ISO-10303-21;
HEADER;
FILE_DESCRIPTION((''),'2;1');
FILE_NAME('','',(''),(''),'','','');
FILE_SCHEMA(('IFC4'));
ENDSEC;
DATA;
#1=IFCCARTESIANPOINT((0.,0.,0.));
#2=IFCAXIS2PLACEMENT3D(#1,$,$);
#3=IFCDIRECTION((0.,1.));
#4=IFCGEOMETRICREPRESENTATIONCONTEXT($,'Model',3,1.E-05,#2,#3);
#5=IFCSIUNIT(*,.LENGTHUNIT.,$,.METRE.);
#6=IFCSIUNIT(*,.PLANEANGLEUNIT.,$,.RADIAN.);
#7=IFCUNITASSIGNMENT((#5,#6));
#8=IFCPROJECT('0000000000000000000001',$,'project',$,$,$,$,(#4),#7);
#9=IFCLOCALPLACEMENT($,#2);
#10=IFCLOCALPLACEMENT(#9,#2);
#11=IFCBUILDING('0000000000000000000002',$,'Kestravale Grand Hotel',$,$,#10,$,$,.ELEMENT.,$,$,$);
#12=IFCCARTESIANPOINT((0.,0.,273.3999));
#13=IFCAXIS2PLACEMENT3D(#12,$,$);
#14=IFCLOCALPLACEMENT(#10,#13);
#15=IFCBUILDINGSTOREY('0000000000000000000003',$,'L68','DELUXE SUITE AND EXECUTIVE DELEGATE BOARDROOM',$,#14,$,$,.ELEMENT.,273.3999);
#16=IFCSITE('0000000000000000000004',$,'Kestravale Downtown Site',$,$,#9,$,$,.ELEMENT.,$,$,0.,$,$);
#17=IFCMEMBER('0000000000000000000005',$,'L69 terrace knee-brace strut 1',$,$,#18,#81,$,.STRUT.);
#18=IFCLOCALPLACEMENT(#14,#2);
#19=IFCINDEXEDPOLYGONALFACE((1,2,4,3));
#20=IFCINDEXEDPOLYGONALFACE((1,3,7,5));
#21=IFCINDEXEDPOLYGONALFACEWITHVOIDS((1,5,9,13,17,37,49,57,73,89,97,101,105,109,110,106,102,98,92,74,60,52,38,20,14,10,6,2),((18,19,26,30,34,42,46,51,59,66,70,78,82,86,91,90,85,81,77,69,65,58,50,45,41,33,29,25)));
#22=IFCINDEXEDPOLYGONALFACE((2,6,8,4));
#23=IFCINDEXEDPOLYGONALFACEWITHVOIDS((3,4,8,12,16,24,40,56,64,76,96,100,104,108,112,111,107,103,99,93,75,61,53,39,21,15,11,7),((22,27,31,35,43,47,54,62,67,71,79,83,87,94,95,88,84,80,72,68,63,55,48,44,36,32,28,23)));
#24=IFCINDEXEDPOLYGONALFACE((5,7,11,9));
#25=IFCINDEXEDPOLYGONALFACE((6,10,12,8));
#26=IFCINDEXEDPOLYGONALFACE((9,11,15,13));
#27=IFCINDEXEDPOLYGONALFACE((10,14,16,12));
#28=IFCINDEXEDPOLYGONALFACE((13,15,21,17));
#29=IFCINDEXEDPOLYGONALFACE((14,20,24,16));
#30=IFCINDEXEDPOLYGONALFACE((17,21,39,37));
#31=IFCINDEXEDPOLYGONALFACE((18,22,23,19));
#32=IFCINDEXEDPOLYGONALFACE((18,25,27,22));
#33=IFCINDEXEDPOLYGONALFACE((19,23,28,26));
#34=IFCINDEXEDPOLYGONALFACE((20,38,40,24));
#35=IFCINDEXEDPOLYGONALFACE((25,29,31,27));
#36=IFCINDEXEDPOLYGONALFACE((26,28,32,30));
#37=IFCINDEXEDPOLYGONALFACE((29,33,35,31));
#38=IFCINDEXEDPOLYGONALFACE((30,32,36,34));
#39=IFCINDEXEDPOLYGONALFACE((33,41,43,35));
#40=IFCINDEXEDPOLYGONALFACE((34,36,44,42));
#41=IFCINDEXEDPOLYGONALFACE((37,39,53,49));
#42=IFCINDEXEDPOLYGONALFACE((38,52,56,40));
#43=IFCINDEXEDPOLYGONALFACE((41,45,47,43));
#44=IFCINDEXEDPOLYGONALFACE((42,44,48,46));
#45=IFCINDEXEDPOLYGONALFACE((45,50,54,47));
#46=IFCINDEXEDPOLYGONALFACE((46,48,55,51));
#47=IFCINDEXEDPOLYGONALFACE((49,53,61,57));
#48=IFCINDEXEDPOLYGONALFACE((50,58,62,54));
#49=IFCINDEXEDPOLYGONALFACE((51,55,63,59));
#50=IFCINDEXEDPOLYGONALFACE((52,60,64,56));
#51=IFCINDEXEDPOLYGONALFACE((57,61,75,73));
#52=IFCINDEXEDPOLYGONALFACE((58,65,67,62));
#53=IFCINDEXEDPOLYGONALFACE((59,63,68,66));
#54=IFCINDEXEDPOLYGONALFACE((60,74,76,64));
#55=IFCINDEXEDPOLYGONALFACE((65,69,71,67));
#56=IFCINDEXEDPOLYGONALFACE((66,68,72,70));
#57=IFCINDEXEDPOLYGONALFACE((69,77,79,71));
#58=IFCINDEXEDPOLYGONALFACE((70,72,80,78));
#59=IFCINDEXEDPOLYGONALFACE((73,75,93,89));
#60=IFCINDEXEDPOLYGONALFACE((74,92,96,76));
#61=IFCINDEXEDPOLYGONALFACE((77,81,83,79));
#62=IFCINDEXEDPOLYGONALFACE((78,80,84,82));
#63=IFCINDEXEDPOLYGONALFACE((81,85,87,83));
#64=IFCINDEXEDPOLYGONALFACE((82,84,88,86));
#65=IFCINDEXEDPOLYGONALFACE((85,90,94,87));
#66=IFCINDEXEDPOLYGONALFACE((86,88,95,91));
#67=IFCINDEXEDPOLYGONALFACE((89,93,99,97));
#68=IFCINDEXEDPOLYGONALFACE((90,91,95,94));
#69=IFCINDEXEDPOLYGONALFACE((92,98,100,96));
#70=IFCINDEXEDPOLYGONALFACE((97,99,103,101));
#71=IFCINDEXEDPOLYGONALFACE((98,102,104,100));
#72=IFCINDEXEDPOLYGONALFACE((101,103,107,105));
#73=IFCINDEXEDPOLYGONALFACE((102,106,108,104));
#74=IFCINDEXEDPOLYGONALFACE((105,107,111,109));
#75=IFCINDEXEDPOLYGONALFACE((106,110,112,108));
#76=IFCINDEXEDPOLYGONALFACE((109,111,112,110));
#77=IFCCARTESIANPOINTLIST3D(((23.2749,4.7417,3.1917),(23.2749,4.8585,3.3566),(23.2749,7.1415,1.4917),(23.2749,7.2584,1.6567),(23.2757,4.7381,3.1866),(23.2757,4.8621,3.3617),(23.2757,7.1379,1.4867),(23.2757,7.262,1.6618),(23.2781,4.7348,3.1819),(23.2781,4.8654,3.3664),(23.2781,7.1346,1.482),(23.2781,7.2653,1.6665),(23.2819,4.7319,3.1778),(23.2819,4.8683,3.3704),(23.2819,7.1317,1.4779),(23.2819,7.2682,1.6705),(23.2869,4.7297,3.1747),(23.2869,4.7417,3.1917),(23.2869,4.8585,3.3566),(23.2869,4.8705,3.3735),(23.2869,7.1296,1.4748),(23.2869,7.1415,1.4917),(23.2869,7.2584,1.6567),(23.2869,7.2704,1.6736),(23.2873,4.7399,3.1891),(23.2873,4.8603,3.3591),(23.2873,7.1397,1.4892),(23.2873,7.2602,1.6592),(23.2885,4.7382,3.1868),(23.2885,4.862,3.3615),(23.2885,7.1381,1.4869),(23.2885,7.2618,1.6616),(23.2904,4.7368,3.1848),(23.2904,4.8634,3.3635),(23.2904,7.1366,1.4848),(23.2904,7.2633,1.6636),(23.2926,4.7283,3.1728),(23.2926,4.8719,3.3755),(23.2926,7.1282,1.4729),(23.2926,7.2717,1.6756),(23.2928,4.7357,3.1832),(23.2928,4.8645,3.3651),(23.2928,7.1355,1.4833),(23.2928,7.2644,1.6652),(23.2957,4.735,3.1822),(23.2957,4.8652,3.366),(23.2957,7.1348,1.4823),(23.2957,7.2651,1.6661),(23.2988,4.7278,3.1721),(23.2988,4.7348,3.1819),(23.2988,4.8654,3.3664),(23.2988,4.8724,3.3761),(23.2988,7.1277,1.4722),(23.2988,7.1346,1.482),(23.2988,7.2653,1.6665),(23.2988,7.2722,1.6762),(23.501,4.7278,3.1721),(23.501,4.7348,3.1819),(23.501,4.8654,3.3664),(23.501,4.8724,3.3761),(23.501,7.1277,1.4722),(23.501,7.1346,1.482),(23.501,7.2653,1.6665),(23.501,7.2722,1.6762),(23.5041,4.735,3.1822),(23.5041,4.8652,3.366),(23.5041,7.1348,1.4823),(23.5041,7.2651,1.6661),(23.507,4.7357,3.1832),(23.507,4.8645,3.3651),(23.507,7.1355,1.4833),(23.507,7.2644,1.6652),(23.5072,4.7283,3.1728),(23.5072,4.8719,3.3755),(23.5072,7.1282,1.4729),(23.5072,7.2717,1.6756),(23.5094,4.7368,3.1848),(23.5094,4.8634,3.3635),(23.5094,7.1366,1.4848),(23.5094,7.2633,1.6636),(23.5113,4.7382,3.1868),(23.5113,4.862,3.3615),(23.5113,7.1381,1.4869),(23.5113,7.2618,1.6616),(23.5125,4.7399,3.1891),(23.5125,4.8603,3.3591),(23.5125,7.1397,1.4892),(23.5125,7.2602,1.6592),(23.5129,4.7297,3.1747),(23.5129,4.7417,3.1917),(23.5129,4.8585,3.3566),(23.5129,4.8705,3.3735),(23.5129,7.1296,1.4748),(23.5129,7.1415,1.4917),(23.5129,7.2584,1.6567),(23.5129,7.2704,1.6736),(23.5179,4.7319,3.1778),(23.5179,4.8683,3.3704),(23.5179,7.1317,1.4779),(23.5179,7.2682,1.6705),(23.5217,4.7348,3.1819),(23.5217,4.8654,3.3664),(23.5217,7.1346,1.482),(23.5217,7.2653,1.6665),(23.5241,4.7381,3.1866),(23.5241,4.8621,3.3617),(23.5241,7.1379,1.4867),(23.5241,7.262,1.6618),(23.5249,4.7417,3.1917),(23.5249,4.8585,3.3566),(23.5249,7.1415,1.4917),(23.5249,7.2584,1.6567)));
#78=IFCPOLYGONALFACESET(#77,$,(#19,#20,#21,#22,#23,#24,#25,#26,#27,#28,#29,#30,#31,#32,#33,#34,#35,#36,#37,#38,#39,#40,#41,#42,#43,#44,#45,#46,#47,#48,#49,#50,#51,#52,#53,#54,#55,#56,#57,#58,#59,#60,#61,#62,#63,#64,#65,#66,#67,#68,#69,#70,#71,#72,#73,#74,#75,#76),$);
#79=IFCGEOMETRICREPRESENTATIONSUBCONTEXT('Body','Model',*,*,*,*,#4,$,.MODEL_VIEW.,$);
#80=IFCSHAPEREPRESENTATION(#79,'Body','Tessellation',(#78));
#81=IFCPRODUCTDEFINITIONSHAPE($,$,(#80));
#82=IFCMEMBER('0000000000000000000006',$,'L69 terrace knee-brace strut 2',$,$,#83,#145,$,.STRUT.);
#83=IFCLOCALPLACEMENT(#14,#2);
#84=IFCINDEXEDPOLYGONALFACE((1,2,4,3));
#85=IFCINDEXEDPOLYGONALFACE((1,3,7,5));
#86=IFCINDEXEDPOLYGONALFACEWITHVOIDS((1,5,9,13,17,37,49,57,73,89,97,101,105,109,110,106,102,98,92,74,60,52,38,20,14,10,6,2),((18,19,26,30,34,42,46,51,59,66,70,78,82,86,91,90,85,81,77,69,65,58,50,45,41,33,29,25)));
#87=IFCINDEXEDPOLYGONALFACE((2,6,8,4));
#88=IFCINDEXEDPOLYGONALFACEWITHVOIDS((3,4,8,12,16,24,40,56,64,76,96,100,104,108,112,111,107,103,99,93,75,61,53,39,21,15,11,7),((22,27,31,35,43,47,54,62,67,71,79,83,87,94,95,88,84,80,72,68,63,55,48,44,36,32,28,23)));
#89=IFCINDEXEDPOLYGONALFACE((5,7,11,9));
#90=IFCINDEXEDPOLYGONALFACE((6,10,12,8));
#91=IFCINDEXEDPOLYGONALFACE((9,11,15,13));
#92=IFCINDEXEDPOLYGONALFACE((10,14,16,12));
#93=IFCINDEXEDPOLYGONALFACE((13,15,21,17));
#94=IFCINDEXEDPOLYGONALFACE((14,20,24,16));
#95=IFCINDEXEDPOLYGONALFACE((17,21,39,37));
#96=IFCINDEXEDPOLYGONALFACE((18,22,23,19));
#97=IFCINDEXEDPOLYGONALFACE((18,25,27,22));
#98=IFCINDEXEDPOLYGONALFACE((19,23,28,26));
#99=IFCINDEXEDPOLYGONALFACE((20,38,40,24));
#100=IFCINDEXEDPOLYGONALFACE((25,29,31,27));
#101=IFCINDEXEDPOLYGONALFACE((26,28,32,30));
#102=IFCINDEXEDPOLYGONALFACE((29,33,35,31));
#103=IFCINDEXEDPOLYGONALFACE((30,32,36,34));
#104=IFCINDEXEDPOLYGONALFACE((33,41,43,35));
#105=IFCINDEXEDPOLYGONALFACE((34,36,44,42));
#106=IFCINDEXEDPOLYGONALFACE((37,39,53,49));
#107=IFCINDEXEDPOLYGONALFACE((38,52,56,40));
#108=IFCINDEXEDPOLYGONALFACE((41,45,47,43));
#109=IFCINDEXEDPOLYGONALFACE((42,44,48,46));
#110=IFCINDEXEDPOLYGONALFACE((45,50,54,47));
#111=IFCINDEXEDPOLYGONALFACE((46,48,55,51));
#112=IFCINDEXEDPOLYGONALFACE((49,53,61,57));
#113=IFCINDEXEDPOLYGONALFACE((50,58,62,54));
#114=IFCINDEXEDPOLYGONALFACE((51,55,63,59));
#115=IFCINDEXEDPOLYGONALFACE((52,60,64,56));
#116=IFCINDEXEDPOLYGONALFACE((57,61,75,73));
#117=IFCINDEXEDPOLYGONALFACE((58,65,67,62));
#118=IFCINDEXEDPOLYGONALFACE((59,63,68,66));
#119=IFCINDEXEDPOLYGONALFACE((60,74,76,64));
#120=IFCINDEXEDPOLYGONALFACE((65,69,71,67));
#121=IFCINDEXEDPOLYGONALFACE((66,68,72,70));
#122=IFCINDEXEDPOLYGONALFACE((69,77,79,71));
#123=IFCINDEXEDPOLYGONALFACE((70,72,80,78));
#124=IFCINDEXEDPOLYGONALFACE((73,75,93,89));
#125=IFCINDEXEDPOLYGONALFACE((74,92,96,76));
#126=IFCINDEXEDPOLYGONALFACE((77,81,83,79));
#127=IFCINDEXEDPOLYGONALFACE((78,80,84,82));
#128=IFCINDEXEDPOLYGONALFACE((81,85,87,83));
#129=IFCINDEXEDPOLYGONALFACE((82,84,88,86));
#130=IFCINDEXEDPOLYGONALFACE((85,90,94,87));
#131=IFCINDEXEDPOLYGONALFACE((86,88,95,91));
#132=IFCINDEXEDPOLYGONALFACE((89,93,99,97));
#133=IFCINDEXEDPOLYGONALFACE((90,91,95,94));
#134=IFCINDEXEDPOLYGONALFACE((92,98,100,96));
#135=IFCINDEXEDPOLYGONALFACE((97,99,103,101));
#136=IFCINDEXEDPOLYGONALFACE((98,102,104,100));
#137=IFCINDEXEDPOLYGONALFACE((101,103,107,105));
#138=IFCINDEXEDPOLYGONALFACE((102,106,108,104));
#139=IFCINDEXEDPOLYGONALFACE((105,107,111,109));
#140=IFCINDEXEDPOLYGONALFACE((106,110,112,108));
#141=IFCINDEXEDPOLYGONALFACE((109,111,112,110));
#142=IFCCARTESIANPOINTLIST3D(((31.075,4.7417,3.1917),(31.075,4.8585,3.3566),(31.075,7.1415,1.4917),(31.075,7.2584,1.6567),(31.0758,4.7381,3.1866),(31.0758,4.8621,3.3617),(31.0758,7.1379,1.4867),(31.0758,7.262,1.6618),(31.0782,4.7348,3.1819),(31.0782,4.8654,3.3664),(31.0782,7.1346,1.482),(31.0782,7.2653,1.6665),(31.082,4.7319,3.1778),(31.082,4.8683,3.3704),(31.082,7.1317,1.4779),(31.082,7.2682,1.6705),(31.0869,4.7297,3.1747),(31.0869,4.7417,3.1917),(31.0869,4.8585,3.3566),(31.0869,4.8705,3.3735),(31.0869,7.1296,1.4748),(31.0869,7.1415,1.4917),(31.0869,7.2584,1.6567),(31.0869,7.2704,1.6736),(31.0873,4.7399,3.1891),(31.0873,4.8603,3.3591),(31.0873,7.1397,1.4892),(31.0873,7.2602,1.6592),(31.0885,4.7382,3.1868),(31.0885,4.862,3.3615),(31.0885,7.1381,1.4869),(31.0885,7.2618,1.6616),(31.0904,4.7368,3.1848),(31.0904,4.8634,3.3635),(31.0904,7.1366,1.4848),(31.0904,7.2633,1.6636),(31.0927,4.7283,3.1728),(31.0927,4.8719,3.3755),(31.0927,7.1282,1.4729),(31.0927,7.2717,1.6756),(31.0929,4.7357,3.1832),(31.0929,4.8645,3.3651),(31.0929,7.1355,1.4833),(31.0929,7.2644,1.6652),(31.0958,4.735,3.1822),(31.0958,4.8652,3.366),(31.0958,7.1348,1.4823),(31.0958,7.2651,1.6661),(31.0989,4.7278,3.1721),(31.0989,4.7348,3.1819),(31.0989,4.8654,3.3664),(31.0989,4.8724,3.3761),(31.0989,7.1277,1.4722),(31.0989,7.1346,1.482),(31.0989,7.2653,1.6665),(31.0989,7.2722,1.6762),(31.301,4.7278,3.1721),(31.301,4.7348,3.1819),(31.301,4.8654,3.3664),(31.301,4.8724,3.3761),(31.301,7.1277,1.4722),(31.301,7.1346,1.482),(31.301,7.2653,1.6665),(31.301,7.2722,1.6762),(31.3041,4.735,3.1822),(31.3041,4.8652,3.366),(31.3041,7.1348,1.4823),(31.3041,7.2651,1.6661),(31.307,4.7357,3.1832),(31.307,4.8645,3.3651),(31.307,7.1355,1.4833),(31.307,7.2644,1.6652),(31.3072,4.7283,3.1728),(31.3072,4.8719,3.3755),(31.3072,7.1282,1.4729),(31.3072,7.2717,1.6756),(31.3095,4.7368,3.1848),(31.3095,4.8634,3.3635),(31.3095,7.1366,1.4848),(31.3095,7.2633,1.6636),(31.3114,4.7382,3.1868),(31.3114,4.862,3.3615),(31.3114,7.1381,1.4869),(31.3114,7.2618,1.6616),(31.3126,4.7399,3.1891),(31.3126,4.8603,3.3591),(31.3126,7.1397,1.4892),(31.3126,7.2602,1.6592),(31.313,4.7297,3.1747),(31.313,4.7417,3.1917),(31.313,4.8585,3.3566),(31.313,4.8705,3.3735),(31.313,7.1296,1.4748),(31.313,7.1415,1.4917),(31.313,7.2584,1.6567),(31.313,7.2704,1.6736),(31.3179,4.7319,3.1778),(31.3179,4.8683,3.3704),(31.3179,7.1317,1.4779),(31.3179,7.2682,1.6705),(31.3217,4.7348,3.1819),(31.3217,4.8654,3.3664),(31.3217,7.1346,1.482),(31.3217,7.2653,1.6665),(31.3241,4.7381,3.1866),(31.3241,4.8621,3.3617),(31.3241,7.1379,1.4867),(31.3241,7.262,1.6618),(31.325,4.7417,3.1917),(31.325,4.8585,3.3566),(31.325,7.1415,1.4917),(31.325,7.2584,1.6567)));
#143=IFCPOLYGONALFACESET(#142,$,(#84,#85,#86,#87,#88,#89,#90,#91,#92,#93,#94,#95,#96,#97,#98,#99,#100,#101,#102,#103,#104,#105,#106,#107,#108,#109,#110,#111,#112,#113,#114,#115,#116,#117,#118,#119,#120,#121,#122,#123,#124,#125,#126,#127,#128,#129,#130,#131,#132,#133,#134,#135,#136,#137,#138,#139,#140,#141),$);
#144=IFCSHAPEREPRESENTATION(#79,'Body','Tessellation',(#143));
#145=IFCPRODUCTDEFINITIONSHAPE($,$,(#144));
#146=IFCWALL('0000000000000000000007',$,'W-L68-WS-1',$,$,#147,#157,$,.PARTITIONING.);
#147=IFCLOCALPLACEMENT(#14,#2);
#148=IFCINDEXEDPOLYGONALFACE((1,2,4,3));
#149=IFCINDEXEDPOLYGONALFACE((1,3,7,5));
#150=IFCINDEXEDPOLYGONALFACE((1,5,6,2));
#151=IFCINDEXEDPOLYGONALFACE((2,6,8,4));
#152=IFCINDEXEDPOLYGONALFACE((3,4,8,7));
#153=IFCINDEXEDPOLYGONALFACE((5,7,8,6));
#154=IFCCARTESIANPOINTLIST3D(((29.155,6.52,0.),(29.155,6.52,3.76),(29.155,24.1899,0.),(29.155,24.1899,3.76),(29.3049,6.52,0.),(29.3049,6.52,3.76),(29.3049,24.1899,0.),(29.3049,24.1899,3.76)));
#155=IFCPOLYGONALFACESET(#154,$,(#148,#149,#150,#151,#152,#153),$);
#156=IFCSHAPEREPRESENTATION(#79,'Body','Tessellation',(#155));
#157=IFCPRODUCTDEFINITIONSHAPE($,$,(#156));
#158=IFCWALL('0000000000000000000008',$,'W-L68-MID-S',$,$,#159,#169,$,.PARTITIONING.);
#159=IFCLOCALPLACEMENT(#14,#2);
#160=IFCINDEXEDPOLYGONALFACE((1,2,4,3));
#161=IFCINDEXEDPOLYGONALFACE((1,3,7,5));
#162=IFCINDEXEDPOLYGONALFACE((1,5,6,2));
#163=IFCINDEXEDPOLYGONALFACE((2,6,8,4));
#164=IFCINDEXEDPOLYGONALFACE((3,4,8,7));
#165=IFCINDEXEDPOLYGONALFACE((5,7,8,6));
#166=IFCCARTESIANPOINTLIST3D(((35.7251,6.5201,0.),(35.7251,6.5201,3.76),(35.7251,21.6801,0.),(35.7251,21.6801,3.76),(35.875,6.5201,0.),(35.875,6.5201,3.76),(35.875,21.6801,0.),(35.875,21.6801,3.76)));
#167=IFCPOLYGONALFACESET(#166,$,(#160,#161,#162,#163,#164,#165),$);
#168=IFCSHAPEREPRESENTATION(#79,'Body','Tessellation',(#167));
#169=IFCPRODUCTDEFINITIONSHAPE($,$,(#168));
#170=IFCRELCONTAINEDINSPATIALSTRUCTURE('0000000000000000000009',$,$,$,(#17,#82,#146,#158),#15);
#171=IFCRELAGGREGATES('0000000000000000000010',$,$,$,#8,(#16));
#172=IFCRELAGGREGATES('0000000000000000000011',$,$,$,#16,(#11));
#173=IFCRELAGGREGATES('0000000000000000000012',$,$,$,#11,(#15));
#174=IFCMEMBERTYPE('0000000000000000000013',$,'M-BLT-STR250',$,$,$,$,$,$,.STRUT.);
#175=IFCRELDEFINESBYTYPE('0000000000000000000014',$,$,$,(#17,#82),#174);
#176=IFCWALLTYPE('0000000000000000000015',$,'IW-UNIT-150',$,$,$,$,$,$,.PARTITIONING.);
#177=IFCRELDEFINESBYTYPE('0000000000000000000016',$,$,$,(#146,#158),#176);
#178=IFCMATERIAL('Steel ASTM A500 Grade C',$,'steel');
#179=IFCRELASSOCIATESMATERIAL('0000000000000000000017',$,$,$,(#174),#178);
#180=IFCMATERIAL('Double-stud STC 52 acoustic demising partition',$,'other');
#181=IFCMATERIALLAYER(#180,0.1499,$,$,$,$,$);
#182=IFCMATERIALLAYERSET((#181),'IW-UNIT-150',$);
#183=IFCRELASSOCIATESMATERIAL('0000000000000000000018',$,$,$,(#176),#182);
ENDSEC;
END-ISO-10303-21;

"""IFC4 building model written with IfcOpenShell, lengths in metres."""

from ifc_helpers import new_model, si_unit, direction, frame, frame_2d, origin, origin_2d, place, context, subcontext, project, spatial, rectangle, hollow_rectangle, extrude, material, layer, layer_set, material_profile, profile_set, type_object, element, save


model = new_model("IFC4")

# Units and contexts
model_context = context("Model", 3, precision=1e-05, world=origin(), true_north=direction((0.0, 1.0)))
body_context = subcontext(model_context, "Body", "Model", "MODEL_VIEW")
ifc_project = project(units=[si_unit("LENGTHUNIT", "METRE"), si_unit("PLANEANGLEUNIT", "RADIAN")], contexts=[model_context])

# Site, building, storey
site_placement = place(None, origin())
site = spatial("IfcSite", under=ifc_project, at=site_placement, Name="Kestravale Downtown Site", CompositionType="ELEMENT", RefElevation=0.0)
building_placement = place(site_placement, origin())
building = spatial("IfcBuilding", under=site, at=building_placement, Name="Kestravale Grand Hotel", CompositionType="ELEMENT")
storey_placement = place(building_placement, frame((0.0, 0.0, 273.3999)))
storey = spatial("IfcBuildingStorey", under=building, at=storey_placement, Name="L68", Description="DELUXE SUITE AND EXECUTIVE DELEGATE BOARDROOM", CompositionType="ELEMENT", Elevation=273.3999)

# Members
ifc_material_1 = material(Name="Steel ASTM A500 Grade C", Category="steel")
ifc_material_profile_1 = material_profile(ifc_material_1, hollow_rectangle(XDim=0.25, YDim=0.25, WallThickness=0.012, InnerFilletRadius=0.012, OuterFilletRadius=0.0239, at=origin_2d()))
ifc_profile_set_1 = profile_set([ifc_material_profile_1], Name="Steel ASTM A500 Grade C")
member_type = type_object("IfcMemberType", Name="M-BLT-STR250", PredefinedType="STRUT", material=ifc_profile_set_1)
for number, where, z_axis, x_axis, name in (
    (1, (23.3999, 7.2, 1.5742), (0.0, -0.816021, 0.578022), (1.0, 0.0, 0.0), "L69 terrace knee-brace strut 1"),
    (2, (31.2, 7.2, 1.5742), (0.0, -0.816021, 0.578022), (1.0, 0.0, 0.0), "L69 terrace knee-brace strut 2"),
):
    element("IfcMember", number, at=place(storey_placement, frame(where, z_axis=z_axis, x_axis=x_axis)), inside=storey, type_object=member_type, Name=name, PredefinedType="STRUT", context=body_context, shape_type="SweptSolid", body=[
        extrude(hollow_rectangle(XDim=0.25, YDim=0.25, WallThickness=0.012, InnerFilletRadius=0.012, OuterFilletRadius=0.0239, at=origin_2d()), origin(), (0.0, 0.0, 1.0), 2.9409),
    ])

# Walls
ifc_material_2 = material(Name="Double-stud STC 52 acoustic demising partition", Category="other")
ifc_layer = layer(ifc_material_2, 0.1499)
ifc_layer_set = layer_set([ifc_layer], Name="IW-UNIT-150")
wall_type = type_object("IfcWallType", Name="IW-UNIT-150", PredefinedType="PARTITIONING", material=ifc_layer_set)
wall_1_placement = place(storey_placement, frame((29.23, 6.52, 0.0), z_axis=(0.0, 0.0, 1.0), x_axis=(0.0, 1.0, 0.0)))
element("IfcWall", 3, at=wall_1_placement, inside=storey, type_object=wall_type, Name="W-L68-WS-1", PredefinedType="PARTITIONING", context=body_context, shape_type="SweptSolid", body=[
    extrude(rectangle(XDim=17.6699, YDim=0.1499, at=frame_2d((8.835, 0.0))), origin(), (0.0, 0.0, 1.0), 3.76),
])
wall_2_placement = place(storey_placement, frame((35.8, 6.52, 0.0), z_axis=(0.0, 0.0, 1.0), x_axis=(0.0, 1.0, 0.0)))
element("IfcWall", 4, at=wall_2_placement, inside=storey, type_object=wall_type, Name="W-L68-MID-S", PredefinedType="PARTITIONING", context=body_context, shape_type="SweptSolid", body=[
    extrude(rectangle(XDim=15.1599, YDim=0.1499, at=frame_2d((7.5801, 0.0))), origin(), (0.0, 0.0, 1.0), 3.76),
])

save(model, "model.ifc")
